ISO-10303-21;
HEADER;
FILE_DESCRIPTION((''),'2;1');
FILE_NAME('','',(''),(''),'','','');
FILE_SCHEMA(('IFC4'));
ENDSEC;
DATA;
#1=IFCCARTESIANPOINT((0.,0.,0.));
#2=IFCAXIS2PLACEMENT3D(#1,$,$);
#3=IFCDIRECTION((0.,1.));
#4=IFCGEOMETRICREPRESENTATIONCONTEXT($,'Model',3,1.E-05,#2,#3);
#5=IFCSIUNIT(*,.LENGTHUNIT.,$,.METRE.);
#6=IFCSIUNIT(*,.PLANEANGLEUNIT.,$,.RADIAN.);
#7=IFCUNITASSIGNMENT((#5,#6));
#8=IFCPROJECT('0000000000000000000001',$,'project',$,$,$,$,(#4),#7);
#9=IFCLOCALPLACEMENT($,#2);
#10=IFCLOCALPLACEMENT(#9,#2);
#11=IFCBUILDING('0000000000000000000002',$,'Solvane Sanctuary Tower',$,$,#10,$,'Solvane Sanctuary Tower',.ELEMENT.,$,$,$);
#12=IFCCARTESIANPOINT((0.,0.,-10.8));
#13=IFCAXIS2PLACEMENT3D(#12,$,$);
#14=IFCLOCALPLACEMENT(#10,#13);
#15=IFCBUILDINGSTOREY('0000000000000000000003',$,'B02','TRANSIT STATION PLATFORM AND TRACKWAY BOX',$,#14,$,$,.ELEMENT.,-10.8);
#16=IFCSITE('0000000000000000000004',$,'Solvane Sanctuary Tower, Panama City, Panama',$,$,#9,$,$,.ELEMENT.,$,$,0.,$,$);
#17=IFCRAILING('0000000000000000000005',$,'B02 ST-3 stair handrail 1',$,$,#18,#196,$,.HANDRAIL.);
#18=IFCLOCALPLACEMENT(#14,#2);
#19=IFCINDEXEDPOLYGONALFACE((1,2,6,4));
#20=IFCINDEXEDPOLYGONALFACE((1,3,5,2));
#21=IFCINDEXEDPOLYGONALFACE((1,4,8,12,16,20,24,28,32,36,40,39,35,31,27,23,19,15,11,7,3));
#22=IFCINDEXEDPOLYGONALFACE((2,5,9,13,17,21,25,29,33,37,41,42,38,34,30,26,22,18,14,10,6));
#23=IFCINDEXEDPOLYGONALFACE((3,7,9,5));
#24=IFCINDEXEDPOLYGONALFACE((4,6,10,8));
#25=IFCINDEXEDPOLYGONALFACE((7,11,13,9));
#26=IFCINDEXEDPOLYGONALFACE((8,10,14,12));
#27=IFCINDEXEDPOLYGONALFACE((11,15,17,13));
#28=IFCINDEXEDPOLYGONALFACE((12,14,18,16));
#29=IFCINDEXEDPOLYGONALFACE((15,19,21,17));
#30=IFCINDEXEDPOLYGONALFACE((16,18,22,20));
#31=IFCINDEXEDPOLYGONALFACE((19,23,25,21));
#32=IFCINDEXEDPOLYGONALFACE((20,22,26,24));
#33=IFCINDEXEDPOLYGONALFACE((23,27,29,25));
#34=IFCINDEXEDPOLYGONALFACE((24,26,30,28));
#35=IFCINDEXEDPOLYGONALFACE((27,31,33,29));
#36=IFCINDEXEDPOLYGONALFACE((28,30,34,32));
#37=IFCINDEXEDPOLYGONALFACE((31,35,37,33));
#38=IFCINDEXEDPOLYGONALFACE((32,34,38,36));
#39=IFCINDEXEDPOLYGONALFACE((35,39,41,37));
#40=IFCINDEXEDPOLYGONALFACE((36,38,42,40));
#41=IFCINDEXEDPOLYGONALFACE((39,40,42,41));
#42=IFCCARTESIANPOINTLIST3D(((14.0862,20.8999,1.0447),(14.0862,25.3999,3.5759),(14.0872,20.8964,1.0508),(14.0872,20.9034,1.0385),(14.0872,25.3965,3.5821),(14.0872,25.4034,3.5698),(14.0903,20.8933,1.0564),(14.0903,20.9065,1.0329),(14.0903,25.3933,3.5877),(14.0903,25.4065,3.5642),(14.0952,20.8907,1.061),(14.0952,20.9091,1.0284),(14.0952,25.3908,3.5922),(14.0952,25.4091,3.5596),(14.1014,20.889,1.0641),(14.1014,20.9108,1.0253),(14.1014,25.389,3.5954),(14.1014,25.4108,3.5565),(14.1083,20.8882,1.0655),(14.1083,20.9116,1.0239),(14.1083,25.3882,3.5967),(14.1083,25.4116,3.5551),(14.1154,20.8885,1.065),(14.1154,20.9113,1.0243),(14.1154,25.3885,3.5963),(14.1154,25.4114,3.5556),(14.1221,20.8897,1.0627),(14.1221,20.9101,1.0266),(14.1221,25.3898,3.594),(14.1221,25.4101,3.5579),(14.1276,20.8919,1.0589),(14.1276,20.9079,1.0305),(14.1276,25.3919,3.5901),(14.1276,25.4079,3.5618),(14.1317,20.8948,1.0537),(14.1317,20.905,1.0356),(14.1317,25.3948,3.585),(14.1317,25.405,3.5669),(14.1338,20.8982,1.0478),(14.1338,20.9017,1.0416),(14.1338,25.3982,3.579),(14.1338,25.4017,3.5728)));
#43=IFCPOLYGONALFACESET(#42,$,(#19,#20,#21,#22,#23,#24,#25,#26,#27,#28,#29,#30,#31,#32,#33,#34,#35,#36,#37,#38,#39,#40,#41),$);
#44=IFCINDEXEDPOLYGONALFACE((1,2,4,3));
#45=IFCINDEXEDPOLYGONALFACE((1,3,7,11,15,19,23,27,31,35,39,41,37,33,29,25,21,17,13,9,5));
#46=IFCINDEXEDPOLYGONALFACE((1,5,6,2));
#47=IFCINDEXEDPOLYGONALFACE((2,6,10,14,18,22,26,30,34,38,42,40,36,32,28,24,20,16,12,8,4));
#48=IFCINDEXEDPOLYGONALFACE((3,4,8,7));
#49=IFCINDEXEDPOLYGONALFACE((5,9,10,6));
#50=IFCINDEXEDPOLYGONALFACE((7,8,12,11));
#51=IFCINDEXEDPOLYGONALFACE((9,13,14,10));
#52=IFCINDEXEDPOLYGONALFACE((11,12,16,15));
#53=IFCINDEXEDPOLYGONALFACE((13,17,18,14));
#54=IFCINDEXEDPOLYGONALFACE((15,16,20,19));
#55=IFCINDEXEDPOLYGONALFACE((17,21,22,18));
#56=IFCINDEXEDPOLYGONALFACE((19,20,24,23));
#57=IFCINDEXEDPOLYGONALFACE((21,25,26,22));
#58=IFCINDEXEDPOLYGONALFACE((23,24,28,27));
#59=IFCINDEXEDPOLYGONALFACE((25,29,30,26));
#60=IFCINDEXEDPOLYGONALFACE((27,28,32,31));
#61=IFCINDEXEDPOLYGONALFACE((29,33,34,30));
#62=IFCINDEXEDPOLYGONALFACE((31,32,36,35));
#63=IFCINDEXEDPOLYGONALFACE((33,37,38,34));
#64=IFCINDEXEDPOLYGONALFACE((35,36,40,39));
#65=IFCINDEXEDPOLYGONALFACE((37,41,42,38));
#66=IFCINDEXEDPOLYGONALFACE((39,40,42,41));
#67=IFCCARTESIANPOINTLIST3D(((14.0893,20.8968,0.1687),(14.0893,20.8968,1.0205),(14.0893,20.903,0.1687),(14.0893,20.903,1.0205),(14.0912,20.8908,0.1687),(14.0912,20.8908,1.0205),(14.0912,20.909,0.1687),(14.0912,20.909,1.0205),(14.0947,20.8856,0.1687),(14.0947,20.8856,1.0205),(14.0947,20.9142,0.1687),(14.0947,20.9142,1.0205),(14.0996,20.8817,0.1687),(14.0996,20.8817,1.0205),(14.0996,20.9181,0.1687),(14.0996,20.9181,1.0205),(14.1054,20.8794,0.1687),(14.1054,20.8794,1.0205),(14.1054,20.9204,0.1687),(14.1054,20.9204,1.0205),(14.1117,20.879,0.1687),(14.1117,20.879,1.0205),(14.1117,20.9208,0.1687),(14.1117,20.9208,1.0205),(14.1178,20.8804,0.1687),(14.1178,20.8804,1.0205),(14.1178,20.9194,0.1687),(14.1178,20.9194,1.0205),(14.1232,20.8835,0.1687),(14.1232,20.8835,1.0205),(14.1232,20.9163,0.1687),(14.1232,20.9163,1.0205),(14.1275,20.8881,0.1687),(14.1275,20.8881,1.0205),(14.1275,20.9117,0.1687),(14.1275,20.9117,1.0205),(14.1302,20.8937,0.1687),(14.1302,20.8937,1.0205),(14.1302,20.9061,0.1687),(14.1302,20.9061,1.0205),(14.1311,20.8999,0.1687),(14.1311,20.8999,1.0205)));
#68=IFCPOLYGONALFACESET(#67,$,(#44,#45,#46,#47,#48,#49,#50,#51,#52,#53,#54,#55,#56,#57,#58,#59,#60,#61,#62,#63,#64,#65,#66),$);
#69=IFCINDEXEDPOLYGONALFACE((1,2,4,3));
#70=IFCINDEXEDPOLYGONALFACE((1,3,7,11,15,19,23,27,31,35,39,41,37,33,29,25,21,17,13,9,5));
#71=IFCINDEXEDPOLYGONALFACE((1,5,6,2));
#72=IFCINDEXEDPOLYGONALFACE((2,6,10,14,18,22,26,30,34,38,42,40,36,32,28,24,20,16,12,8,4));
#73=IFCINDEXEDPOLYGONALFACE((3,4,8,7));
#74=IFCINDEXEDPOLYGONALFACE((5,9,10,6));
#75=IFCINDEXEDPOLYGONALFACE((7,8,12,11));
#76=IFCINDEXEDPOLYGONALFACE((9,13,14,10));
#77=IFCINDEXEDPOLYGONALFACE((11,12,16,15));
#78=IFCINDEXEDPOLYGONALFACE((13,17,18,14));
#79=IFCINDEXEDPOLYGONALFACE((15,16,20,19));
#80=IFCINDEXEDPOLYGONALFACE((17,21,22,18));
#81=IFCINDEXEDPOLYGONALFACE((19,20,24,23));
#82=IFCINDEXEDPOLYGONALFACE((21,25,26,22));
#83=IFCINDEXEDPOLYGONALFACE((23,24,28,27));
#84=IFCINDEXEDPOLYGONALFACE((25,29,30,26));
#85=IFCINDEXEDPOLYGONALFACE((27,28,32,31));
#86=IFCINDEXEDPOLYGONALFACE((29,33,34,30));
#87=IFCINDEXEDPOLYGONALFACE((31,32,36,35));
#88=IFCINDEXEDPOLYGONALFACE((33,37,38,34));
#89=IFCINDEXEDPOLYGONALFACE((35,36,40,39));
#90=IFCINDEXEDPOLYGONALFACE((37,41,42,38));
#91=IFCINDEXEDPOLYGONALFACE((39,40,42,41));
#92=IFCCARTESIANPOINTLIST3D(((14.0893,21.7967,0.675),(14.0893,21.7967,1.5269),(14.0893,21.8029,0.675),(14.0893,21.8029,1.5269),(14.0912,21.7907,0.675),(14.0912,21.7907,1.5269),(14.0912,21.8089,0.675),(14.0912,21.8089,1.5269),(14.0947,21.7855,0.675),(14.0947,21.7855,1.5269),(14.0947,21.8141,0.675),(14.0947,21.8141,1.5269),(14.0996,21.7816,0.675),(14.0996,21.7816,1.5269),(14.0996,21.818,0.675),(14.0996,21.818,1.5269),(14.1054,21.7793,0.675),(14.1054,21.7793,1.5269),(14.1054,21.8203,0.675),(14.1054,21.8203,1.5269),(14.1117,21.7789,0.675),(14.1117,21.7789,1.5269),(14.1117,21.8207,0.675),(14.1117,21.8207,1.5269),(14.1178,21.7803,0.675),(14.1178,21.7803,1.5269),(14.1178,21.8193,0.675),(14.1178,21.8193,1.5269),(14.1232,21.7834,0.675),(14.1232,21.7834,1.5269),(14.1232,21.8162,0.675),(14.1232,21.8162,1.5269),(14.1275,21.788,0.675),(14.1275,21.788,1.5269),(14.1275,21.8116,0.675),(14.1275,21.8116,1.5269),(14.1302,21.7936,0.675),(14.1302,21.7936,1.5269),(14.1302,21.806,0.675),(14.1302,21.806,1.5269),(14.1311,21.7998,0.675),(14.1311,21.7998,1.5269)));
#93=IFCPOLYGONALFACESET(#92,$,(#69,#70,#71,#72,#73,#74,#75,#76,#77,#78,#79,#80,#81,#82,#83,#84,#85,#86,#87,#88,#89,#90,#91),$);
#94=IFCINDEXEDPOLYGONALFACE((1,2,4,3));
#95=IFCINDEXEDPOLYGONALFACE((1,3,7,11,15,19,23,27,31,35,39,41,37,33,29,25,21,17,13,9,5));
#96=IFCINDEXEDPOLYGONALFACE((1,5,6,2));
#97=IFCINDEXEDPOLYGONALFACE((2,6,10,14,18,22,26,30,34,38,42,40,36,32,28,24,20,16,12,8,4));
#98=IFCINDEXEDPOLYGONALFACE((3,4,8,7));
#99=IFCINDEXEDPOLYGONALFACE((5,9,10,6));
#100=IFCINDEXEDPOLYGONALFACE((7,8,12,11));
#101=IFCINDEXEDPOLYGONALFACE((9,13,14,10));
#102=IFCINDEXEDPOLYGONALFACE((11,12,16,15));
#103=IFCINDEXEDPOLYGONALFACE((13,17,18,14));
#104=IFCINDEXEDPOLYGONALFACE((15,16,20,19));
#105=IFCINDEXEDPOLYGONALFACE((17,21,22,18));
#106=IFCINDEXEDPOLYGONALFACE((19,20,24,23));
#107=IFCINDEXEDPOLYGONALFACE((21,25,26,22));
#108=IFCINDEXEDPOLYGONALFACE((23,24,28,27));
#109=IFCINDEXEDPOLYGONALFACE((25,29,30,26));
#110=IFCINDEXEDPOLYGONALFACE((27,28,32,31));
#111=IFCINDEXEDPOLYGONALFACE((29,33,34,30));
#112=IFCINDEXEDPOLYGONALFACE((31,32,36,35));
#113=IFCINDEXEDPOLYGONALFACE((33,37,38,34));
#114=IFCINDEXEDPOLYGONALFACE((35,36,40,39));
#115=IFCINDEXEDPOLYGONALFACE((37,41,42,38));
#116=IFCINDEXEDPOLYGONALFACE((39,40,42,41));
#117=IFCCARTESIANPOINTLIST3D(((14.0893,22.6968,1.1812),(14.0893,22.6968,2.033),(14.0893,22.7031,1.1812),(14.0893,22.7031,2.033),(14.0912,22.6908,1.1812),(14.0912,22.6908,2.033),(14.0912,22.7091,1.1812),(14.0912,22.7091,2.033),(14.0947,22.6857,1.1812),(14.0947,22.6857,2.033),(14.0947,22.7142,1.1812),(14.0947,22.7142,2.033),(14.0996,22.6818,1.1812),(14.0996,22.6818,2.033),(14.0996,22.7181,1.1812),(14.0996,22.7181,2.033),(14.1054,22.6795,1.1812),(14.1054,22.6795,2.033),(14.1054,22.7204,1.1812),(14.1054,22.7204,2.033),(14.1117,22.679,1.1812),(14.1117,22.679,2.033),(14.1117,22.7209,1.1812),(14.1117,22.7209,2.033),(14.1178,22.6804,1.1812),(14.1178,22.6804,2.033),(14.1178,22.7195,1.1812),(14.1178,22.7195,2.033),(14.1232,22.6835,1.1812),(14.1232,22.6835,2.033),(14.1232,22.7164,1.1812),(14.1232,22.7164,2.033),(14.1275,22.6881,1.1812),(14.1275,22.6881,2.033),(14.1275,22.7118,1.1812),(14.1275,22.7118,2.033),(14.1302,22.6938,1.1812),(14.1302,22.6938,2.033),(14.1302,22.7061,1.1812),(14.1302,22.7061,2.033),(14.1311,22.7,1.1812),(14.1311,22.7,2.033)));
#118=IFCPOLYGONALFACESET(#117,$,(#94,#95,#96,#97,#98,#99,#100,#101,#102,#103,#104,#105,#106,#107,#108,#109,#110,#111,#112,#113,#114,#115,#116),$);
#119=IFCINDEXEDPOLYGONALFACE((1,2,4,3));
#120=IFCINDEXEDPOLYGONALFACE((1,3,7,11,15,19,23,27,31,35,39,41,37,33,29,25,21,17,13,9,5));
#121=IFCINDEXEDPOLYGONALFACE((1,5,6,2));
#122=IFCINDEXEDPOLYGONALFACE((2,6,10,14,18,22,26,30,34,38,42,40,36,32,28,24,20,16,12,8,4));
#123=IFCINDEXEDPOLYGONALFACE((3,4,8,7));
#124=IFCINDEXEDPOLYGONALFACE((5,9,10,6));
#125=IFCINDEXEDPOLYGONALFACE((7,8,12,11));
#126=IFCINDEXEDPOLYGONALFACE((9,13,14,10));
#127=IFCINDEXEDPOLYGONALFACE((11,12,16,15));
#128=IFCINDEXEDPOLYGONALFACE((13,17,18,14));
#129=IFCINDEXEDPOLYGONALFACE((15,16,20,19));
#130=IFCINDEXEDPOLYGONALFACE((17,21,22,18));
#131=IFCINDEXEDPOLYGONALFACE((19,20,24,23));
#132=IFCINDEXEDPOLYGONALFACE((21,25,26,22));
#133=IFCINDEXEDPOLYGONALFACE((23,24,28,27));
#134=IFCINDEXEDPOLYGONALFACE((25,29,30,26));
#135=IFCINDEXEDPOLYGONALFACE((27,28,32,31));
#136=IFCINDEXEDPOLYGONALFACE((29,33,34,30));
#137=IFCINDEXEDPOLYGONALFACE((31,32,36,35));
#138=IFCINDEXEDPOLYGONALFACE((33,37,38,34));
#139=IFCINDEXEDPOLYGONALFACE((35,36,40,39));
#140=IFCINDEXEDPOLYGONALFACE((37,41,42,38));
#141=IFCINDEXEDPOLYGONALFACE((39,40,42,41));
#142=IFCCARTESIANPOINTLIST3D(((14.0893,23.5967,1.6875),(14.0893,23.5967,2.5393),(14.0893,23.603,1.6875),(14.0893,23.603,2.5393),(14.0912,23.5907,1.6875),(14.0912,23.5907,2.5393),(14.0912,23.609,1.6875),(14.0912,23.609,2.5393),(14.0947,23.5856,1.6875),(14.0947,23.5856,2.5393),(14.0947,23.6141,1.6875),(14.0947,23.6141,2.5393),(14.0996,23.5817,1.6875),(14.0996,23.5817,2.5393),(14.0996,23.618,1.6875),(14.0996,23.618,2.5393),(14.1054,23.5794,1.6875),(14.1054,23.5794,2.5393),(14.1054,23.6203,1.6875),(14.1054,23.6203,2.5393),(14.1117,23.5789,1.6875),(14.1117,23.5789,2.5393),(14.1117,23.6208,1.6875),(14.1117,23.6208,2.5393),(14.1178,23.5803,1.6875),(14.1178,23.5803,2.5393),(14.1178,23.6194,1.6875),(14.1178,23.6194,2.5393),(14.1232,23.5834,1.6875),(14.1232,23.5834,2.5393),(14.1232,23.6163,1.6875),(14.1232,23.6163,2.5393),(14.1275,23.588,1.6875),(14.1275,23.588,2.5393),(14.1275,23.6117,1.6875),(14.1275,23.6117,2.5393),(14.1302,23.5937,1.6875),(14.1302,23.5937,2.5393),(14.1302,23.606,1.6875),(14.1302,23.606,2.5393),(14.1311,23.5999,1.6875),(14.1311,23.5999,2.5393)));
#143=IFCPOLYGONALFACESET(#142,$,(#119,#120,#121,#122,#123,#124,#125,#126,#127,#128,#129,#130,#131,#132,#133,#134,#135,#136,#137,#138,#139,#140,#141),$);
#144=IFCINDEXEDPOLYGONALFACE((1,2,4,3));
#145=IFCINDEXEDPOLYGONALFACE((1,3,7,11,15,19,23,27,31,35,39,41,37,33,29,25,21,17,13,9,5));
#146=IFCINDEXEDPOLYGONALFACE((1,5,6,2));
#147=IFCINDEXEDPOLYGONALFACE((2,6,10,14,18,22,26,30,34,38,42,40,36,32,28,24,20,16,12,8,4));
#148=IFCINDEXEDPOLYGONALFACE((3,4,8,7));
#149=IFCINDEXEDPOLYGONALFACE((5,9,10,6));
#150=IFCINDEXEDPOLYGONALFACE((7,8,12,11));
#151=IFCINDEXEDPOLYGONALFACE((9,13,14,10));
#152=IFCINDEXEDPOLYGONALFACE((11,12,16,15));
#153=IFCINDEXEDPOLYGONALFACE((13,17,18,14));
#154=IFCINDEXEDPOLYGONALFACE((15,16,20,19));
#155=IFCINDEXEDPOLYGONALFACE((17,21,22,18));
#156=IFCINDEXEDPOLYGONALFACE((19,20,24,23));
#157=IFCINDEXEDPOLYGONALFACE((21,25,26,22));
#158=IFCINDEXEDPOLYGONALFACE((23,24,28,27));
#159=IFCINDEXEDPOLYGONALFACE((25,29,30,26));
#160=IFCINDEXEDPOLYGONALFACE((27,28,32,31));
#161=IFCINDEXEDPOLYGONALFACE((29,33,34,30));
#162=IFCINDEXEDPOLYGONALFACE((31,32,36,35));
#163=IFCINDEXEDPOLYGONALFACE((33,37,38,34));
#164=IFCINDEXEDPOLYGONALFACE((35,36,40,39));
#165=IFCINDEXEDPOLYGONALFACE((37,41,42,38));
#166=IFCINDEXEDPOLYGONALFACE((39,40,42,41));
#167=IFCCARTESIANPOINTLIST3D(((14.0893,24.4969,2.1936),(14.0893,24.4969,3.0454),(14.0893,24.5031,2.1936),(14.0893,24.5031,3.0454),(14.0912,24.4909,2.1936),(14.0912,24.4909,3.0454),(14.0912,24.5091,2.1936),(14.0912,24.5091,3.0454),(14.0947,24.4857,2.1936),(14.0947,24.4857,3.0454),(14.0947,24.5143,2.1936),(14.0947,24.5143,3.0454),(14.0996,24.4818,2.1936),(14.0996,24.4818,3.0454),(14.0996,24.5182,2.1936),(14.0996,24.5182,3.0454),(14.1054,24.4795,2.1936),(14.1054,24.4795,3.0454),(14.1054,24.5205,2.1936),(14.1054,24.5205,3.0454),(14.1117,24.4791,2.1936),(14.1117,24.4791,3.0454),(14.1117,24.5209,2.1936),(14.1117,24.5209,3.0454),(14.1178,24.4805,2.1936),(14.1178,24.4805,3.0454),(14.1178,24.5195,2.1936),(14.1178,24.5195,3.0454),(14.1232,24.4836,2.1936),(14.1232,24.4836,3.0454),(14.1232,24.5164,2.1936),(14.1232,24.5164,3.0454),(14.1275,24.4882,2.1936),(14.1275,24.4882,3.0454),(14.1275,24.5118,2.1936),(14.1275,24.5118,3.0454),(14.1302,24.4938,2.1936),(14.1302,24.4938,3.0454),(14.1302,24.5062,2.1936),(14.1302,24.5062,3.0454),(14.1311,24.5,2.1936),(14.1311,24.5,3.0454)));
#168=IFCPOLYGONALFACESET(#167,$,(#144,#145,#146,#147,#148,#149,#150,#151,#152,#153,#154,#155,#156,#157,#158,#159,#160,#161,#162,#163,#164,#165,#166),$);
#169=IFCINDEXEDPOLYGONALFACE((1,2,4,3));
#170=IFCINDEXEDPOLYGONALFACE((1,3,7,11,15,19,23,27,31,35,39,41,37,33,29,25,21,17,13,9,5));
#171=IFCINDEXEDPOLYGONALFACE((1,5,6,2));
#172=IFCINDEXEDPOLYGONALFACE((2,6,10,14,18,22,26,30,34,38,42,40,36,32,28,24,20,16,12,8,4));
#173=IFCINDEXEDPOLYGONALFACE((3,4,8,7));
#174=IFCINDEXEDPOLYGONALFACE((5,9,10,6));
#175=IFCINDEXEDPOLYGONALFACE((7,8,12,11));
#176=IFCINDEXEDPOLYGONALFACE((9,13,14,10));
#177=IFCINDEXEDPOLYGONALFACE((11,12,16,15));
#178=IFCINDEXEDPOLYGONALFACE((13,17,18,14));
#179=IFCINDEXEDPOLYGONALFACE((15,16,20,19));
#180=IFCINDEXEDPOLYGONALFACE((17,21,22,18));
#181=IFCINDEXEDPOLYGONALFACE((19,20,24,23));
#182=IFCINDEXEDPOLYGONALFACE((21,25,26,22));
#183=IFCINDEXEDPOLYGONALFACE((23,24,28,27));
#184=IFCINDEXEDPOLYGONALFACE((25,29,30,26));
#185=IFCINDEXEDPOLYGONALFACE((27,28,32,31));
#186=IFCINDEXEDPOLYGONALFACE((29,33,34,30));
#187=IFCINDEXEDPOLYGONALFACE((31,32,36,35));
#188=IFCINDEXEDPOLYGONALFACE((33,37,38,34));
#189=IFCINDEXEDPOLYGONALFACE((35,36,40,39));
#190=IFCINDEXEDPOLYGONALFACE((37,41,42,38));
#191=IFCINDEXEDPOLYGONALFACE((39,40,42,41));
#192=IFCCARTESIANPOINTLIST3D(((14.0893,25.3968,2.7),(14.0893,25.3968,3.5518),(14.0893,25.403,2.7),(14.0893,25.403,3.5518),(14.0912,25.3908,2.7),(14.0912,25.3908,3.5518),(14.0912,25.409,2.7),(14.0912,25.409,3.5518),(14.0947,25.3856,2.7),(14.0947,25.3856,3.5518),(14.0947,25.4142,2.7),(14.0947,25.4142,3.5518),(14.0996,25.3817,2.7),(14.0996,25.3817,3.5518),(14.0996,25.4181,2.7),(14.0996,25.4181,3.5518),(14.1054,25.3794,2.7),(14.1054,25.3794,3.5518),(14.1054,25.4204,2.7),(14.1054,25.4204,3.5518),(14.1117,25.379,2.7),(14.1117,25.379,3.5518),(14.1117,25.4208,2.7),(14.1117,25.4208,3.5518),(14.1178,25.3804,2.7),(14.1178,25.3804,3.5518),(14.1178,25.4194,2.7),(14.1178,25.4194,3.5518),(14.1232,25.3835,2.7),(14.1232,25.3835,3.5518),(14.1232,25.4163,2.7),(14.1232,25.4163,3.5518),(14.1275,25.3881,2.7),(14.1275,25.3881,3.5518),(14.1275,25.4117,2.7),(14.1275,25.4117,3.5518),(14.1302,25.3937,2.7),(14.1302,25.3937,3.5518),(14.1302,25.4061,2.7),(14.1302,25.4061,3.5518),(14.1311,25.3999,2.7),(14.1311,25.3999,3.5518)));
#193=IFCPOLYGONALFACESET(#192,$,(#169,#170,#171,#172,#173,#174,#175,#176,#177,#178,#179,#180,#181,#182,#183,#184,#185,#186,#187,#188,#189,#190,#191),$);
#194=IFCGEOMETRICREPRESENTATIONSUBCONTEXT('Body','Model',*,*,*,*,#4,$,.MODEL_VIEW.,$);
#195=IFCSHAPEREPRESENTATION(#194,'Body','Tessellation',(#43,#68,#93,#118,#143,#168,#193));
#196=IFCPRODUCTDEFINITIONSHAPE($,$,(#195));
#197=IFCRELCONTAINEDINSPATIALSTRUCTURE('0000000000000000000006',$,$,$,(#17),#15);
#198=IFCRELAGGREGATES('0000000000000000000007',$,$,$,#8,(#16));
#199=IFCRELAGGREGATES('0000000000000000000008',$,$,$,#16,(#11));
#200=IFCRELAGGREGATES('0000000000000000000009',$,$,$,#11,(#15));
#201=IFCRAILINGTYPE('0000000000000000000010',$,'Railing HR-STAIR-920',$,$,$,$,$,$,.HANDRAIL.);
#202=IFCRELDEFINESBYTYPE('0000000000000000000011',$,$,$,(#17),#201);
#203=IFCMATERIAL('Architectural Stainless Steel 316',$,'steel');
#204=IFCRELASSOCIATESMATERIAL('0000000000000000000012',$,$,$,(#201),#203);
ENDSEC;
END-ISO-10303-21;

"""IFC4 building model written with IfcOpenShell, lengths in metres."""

from ifc_helpers import new_model, si_unit, direction, frame, origin, origin_2d, place, context, subcontext, project, spatial, circle, extrude, material, type_object, element, save


model = new_model("IFC4")

# Units and contexts
model_context = context("Model", 3, precision=1e-05, world=origin(), true_north=direction((0.0, 1.0)))
body_context = subcontext(model_context, "Body", "Model", "MODEL_VIEW")
ifc_project = project(units=[si_unit("LENGTHUNIT", "METRE"), si_unit("PLANEANGLEUNIT", "RADIAN")], contexts=[model_context])

# Site, building, storey
site_placement = place(None, origin())
site = spatial("IfcSite", under=ifc_project, at=site_placement, Name="Solvane Sanctuary Tower, Panama City, Panama", CompositionType="ELEMENT", RefElevation=0.0)
building_placement = place(site_placement, origin())
building = spatial("IfcBuilding", under=site, at=building_placement, Name="Solvane Sanctuary Tower", LongName="Solvane Sanctuary Tower", CompositionType="ELEMENT")
storey_placement = place(building_placement, frame((0.0, 0.0, -10.8)))
storey = spatial("IfcBuildingStorey", under=building, at=storey_placement, Name="B02", Description="TRANSIT STATION PLATFORM AND TRACKWAY BOX", CompositionType="ELEMENT", Elevation=-10.8)

# Shared definitions
ifc_material_1 = material(Name="Architectural Stainless Steel 316", Category="steel")

# Railing
railing_type_1 = type_object("IfcRailingType", Name="Railing HR-STAIR-920", PredefinedType="HANDRAIL", material=ifc_material_1)
railing_1_placement = place(storey_placement, frame((14.1101, 20.8999, 0.1687)))
element("IfcRailing", 1, at=railing_1_placement, inside=storey, type_object=railing_type_1, Name="B02 ST-3 stair handrail 1", PredefinedType="HANDRAIL", context=body_context, shape_type="SweptSolid", body=[
    extrude(circle(Radius=0.0239, at=origin_2d()), frame((0.0, 0.0, 0.876), z_axis=(0.0, 0.871576, 0.490261), x_axis=(-1.0, 0.0, 0.0)), (0.0, 0.0, 1.0), 5.1631),
    extrude(circle(Radius=0.021, at=origin_2d()), origin(), (0.0, 0.0, 1.0), 0.8518),
    extrude(circle(Radius=0.021, at=origin_2d()), frame((0.0, 0.8999, 0.5063)), (0.0, 0.0, 1.0), 0.8518),
    extrude(circle(Radius=0.021, at=origin_2d()), frame((0.0, 1.8, 1.0125)), (0.0, 0.0, 1.0), 0.8518),
    extrude(circle(Radius=0.021, at=origin_2d()), frame((0.0, 2.7, 1.5188)), (0.0, 0.0, 1.0), 0.8518),
    extrude(circle(Radius=0.021, at=origin_2d()), frame((0.0, 3.6001, 2.0249)), (0.0, 0.0, 1.0), 0.8518),
    extrude(circle(Radius=0.021, at=origin_2d()), frame((0.0, 4.5, 2.5312)), (0.0, 0.0, 1.0), 0.8518),
])

save(model, "model.ifc")
